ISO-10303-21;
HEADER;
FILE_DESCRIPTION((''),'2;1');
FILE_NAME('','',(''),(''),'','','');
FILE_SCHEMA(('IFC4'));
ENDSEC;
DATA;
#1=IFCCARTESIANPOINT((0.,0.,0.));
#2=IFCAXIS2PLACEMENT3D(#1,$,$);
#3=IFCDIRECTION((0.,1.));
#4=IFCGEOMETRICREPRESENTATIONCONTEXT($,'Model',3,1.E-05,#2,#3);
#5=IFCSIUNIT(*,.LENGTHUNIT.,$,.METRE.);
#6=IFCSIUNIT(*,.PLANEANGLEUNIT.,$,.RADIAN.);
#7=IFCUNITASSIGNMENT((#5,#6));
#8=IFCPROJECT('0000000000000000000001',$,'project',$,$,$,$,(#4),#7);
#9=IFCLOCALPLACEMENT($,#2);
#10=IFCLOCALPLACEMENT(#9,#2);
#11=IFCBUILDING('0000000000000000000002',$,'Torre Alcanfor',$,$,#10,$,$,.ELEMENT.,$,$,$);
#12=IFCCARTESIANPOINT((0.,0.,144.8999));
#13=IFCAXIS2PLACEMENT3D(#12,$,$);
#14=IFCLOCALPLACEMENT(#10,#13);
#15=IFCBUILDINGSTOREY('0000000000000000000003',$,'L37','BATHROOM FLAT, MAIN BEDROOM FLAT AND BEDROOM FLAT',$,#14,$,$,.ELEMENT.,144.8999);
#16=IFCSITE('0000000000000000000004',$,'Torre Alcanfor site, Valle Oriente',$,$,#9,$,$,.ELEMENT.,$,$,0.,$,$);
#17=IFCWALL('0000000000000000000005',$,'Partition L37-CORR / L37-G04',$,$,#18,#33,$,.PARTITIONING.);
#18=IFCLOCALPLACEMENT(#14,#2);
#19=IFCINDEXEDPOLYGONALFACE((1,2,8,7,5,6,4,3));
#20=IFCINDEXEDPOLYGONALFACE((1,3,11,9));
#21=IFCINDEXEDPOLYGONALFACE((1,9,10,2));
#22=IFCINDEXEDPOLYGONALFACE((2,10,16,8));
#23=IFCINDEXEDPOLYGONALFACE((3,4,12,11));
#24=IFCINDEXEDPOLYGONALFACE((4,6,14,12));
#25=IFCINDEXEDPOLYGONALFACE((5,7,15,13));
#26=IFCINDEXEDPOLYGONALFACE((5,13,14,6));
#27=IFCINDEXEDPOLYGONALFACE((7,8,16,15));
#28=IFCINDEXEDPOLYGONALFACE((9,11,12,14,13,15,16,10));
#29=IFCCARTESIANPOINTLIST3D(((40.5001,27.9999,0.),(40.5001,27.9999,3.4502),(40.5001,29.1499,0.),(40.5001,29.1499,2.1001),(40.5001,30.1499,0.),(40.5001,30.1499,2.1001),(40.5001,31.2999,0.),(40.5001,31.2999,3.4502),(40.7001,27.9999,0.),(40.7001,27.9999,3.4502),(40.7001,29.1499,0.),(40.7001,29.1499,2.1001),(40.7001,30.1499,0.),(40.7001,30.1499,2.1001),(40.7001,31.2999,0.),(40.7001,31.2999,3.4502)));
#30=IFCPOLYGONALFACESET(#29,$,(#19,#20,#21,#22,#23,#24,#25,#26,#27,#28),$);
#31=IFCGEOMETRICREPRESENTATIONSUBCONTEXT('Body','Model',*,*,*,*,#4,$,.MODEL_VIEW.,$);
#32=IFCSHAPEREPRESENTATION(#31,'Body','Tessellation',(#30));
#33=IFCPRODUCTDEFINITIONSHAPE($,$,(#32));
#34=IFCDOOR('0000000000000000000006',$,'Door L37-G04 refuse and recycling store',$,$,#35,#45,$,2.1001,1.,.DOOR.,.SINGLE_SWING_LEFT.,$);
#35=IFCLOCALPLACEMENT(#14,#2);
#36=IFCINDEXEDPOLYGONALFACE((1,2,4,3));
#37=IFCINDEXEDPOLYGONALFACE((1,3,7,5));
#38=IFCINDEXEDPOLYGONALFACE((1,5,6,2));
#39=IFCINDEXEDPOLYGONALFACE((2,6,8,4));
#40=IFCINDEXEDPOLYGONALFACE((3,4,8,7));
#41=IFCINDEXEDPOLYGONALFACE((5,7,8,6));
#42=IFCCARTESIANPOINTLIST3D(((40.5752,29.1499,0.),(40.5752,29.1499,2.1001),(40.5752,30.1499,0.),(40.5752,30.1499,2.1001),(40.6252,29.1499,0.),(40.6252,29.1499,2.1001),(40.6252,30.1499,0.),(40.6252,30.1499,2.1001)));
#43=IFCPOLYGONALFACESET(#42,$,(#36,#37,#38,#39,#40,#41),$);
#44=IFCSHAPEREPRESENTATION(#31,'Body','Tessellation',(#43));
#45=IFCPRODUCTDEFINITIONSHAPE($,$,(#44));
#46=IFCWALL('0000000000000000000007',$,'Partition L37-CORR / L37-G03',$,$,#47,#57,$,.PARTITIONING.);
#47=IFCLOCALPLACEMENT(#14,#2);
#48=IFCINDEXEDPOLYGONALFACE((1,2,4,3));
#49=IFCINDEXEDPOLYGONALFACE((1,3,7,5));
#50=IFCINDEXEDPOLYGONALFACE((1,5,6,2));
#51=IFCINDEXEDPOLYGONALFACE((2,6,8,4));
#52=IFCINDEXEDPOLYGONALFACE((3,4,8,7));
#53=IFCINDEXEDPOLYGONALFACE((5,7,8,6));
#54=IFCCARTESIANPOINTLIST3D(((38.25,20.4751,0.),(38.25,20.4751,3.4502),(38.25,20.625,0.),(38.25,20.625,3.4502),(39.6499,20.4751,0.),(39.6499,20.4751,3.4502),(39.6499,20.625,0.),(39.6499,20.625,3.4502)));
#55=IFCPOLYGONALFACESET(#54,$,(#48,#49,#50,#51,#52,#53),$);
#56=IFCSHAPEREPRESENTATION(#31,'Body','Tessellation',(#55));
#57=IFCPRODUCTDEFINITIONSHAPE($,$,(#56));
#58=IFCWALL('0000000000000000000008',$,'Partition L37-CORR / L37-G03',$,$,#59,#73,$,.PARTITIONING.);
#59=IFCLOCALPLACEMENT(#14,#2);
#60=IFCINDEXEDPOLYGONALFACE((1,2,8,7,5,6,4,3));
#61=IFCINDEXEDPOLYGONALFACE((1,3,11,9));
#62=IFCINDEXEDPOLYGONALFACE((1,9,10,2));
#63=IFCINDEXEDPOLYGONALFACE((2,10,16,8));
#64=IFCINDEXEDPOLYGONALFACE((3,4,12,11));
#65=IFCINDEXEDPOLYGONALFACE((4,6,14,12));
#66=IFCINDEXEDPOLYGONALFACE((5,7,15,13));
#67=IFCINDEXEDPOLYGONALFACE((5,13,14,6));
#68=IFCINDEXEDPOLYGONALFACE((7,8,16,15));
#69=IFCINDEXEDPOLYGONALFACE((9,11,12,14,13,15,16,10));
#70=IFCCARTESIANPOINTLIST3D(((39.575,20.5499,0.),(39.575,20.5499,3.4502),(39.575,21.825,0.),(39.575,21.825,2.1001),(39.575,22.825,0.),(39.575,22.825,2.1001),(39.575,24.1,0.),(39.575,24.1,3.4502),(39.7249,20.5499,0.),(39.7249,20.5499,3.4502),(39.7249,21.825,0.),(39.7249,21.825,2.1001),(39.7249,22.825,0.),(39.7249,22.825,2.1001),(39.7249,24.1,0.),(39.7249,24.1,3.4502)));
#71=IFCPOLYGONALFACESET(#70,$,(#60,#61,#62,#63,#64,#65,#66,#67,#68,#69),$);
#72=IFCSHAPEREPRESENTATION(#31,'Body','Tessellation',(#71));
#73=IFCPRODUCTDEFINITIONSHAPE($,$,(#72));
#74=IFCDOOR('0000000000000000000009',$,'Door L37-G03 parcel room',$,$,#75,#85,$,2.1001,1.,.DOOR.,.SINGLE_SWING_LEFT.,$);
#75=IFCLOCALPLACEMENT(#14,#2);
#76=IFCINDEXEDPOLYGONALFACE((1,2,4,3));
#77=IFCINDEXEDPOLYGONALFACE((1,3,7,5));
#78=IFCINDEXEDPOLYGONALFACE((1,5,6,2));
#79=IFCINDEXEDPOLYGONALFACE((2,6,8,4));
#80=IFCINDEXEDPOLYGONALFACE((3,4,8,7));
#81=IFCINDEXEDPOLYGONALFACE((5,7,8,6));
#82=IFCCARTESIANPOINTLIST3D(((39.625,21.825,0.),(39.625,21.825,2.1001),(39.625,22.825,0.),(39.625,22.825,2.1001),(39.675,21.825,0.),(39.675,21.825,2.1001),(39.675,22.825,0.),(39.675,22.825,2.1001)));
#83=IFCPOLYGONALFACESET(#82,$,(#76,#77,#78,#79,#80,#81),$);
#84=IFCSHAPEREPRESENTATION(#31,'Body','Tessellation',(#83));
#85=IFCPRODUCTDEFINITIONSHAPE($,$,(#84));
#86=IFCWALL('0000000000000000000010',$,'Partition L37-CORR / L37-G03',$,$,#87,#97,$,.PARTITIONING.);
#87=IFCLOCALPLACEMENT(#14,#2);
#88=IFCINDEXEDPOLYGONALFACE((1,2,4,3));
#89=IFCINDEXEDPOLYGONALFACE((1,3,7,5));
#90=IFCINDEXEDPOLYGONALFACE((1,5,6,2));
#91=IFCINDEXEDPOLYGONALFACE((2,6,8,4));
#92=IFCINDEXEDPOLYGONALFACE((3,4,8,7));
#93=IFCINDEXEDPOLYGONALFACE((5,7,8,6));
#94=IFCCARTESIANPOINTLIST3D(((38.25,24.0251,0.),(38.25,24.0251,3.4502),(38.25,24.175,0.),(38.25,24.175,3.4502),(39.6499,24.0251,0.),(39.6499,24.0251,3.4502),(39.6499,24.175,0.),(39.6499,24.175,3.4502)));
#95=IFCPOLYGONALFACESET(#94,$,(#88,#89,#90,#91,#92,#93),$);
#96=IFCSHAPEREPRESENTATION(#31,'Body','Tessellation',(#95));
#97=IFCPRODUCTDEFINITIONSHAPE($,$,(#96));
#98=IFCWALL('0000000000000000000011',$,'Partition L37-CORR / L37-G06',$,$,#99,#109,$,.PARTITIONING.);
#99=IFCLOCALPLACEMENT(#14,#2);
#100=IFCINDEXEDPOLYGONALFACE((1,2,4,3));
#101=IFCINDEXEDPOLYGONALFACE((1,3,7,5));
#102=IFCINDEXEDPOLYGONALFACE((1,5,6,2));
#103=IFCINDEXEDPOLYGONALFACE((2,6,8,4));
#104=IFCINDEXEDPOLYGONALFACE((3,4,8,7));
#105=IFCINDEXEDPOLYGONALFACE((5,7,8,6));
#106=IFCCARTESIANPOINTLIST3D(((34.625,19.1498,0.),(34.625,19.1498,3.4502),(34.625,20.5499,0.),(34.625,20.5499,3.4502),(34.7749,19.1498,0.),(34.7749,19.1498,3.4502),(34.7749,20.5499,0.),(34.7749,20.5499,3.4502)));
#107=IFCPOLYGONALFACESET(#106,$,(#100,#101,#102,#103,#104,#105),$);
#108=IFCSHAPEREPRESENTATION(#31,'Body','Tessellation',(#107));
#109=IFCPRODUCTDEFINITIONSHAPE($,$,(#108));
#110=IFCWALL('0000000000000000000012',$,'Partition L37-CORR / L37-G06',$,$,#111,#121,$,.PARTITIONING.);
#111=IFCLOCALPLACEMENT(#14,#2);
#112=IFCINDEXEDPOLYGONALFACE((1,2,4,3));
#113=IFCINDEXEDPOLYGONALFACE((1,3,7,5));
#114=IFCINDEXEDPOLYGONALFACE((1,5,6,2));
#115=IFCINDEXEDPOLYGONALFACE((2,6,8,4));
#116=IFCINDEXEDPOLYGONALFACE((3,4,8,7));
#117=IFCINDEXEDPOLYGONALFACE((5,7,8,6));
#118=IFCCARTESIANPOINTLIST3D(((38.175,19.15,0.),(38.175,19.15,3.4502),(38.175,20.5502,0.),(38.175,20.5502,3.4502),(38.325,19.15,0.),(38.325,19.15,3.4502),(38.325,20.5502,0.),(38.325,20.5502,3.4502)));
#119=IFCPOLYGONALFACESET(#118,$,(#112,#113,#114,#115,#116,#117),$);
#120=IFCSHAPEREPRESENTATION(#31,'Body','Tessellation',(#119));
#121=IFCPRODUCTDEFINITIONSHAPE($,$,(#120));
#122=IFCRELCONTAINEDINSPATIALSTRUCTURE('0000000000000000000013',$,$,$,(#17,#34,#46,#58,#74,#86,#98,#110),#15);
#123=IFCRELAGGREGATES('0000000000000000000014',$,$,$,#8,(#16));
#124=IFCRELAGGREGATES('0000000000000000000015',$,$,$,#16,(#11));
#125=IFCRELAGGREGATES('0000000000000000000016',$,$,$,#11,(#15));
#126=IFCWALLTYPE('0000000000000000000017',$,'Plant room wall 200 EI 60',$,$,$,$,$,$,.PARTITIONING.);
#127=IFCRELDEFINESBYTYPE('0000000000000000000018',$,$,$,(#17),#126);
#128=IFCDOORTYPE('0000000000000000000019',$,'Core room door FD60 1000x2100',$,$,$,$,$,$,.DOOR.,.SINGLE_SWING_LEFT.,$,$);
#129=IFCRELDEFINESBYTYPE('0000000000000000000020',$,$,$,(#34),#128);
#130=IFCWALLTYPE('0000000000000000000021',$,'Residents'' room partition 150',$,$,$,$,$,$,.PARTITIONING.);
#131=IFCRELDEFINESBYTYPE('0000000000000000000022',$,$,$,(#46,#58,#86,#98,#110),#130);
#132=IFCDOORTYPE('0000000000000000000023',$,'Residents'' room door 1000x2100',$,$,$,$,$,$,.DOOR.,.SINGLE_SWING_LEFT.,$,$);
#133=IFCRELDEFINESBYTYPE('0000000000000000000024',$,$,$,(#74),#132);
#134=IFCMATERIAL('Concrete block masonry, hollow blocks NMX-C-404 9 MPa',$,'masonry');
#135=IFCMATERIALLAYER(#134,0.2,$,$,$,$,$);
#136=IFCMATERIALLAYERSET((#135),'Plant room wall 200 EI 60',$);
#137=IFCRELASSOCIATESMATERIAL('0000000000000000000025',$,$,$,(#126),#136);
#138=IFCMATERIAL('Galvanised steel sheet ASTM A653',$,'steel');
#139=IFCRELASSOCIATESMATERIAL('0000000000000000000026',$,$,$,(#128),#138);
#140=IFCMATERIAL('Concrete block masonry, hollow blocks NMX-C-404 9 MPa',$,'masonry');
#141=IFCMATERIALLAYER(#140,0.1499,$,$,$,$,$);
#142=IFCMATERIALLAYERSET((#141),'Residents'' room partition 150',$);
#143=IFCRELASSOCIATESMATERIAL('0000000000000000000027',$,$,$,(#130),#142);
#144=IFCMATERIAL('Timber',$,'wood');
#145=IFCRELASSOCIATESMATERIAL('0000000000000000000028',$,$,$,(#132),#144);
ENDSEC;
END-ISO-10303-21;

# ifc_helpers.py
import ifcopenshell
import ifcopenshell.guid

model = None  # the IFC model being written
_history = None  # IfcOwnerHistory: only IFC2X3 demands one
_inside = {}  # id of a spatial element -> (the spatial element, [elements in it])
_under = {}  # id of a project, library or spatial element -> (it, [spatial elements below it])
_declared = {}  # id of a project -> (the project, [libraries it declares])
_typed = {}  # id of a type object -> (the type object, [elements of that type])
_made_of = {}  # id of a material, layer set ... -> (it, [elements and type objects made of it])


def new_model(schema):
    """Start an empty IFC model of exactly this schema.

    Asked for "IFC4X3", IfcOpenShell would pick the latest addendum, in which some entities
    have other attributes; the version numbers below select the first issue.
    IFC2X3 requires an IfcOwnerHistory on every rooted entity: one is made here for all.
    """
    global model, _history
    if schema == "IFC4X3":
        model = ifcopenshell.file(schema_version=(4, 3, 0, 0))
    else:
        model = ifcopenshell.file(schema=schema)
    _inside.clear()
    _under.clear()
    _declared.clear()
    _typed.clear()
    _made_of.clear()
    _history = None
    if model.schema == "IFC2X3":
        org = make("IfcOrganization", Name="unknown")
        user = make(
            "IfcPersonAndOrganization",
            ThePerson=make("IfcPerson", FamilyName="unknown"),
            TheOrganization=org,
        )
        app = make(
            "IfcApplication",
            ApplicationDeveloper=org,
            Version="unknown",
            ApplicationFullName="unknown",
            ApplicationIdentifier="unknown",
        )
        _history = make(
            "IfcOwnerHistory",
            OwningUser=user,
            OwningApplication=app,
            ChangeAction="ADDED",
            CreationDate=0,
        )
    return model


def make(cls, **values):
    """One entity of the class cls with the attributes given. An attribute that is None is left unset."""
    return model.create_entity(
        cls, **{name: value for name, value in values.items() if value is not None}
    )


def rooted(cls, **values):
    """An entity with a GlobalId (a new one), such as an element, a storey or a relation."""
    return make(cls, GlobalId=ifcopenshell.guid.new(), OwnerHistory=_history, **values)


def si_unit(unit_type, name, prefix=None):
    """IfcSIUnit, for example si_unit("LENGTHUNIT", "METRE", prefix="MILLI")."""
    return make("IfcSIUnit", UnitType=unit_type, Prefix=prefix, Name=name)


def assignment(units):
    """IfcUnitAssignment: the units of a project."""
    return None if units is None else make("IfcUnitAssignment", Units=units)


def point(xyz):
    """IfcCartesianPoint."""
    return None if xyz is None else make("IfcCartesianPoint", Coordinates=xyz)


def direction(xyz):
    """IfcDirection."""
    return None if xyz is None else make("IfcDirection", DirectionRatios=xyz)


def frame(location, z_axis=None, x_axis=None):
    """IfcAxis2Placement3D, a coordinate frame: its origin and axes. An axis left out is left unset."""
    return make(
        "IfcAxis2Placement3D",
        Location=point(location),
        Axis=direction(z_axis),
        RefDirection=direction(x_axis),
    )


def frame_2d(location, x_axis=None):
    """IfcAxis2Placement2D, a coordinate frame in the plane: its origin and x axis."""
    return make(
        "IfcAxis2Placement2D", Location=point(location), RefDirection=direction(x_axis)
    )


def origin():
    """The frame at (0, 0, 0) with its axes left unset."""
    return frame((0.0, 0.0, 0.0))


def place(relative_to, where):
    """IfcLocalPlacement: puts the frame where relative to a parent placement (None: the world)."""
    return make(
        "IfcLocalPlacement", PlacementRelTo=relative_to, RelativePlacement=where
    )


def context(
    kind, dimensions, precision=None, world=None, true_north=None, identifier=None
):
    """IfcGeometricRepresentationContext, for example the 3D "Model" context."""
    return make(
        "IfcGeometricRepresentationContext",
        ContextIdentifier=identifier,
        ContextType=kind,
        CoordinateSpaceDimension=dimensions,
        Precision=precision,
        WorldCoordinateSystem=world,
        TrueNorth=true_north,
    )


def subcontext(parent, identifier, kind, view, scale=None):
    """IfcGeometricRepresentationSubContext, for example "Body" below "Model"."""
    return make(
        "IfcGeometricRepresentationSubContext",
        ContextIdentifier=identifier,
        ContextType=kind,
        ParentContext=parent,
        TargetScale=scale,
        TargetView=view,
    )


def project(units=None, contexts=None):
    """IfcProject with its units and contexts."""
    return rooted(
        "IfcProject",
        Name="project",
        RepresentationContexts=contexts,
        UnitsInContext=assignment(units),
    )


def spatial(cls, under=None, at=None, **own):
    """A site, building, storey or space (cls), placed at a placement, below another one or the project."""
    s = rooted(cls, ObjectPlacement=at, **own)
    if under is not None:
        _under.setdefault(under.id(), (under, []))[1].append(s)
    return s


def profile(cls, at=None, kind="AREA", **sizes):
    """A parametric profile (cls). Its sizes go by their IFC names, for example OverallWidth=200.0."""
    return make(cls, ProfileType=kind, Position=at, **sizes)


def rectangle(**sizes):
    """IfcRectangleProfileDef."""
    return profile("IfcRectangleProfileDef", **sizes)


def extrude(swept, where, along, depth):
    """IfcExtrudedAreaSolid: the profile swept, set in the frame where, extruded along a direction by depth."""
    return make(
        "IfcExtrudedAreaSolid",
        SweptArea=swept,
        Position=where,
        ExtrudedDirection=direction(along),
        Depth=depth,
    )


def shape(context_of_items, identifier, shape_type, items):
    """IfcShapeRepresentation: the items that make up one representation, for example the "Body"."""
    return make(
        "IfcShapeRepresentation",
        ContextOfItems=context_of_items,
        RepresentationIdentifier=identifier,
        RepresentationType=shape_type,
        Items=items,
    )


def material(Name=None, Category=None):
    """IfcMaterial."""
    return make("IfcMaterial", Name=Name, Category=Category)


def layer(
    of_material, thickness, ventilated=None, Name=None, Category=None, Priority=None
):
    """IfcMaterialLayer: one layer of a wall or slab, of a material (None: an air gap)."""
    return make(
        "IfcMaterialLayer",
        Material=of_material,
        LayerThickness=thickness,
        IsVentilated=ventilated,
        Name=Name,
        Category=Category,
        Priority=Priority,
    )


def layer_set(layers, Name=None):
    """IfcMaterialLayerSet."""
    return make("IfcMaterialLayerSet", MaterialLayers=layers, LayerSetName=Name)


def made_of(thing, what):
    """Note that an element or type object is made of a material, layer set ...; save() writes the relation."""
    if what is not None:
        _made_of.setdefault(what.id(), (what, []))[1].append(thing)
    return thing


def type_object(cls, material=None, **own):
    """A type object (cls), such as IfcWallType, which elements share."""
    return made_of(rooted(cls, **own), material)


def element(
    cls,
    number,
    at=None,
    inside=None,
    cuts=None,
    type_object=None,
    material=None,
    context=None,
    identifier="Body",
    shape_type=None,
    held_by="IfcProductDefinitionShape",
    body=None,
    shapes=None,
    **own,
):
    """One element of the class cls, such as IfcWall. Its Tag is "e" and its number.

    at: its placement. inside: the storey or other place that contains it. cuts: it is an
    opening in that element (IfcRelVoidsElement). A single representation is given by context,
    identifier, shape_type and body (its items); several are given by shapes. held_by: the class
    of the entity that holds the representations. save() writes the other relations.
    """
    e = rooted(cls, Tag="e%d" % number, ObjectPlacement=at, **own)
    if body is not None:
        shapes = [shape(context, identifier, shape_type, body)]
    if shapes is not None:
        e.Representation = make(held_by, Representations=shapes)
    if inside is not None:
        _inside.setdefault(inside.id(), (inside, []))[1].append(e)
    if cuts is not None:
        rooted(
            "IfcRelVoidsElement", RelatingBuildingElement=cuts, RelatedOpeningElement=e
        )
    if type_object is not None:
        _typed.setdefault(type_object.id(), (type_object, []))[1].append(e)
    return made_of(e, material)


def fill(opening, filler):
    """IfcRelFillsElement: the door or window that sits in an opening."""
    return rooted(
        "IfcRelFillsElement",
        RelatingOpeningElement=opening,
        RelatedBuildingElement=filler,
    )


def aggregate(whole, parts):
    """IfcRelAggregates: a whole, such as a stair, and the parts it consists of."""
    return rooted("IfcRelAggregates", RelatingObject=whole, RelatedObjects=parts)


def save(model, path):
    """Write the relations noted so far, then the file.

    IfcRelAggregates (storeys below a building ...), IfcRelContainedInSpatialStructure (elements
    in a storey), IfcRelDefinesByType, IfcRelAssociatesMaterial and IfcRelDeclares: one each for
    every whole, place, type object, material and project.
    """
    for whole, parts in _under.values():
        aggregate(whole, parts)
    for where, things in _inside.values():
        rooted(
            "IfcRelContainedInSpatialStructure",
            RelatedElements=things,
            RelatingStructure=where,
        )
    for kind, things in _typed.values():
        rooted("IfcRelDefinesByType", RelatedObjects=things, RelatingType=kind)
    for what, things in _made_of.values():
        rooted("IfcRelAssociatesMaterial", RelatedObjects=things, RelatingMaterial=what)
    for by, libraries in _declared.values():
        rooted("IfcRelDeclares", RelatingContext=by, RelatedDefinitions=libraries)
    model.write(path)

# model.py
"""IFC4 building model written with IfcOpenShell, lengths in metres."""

from ifc_helpers import new_model, si_unit, direction, frame, frame_2d, origin, place, context, subcontext, project, spatial, rectangle, extrude, material, layer, layer_set, type_object, element, fill, save


model = new_model("IFC4")

# Units and contexts
model_context = context("Model", 3, precision=1e-05, world=origin(), true_north=direction((0.0, 1.0)))
body_context = subcontext(model_context, "Body", "Model", "MODEL_VIEW")
ifc_project = project(units=[si_unit("LENGTHUNIT", "METRE"), si_unit("PLANEANGLEUNIT", "RADIAN")], contexts=[model_context])

# Site, building, storey
site_placement = place(None, origin())
site = spatial("IfcSite", under=ifc_project, at=site_placement, Name="Torre Alcanfor site, Valle Oriente", CompositionType="ELEMENT", RefElevation=0.0)
building_placement = place(site_placement, origin())
building = spatial("IfcBuilding", under=site, at=building_placement, Name="Torre Alcanfor", CompositionType="ELEMENT")
storey_placement = place(building_placement, frame((0.0, 0.0, 144.8999)))
storey = spatial("IfcBuildingStorey", under=building, at=storey_placement, Name="L37", Description="BATHROOM FLAT, MAIN BEDROOM FLAT AND BEDROOM FLAT", CompositionType="ELEMENT", Elevation=144.8999)

# Shared definitions
ifc_material_1 = material(Name="Concrete block masonry, hollow blocks NMX-C-404 9 MPa", Category="masonry")
ifc_layer_1 = layer(ifc_material_1, 0.2)
ifc_layer_set_1 = layer_set([ifc_layer_1], Name="Plant room wall 200 EI 60")
wall_type_1 = type_object("IfcWallType", Name="Plant room wall 200 EI 60", PredefinedType="PARTITIONING", material=ifc_layer_set_1)

# Wall, opening, door
wall_1_placement = place(storey_placement, frame((40.6001, 28.0, 0.0), z_axis=(0.0, 0.0, 1.0), x_axis=(0.0, 1.0, 0.0)))
wall_1 = element("IfcWall", 1, at=wall_1_placement, inside=storey, type_object=wall_type_1, Name="Partition L37-CORR / L37-G04", PredefinedType="PARTITIONING", context=body_context, shape_type="SweptSolid", body=[
    extrude(rectangle(XDim=3.3, YDim=0.2, at=frame_2d((1.6499, 0.0))), origin(), (0.0, 0.0, 1.0), 3.4502),
])
opening_1_placement = place(wall_1_placement, frame((1.1499, 0.0, 0.0)))
opening_1 = element("IfcOpeningElement", 2, at=opening_1_placement, cuts=wall_1, PredefinedType="OPENING", context=body_context, shape_type="SweptSolid", body=[
    extrude(rectangle(XDim=1.0, YDim=2.1001, at=frame_2d((0.5, 1.05))), frame((0.0, 0.1099, 0.0), z_axis=(0.0, -1.0, 0.0), x_axis=(1.0, 0.0, 0.0)), (0.0, 0.0, 1.0), 0.22),
])
ifc_material_2 = material(Name="Galvanised steel sheet ASTM A653", Category="steel")
door_type_1 = type_object("IfcDoorType", Name="Core room door FD60 1000x2100", OperationType="SINGLE_SWING_LEFT", PredefinedType="DOOR", material=ifc_material_2)
door_1_placement = place(opening_1_placement, origin())
door_1 = element("IfcDoor", 3, at=door_1_placement, inside=storey, type_object=door_type_1, Name="Door L37-G04 refuse and recycling store", OperationType="SINGLE_SWING_LEFT", OverallHeight=2.1001, OverallWidth=1.0, PredefinedType="DOOR", context=body_context, shape_type="SweptSolid", body=[
    extrude(rectangle(XDim=1.0, YDim=2.1001, at=frame_2d((0.5, 1.05))), frame((0.0, 0.0249, 0.0), z_axis=(0.0, -1.0, 0.0), x_axis=(1.0, 0.0, 0.0)), (0.0, 0.0, 1.0), 0.05),
])
fill(opening_1, door_1)

# Wall
ifc_material_3 = material(Name="Concrete block masonry, hollow blocks NMX-C-404 9 MPa", Category="masonry")
ifc_layer_2 = layer(ifc_material_3, 0.1499)
ifc_layer_set_2 = layer_set([ifc_layer_2], Name="Residents' room partition 150")
wall_type_2 = type_object("IfcWallType", Name="Residents' room partition 150", PredefinedType="PARTITIONING", material=ifc_layer_set_2)
wall_2_placement = place(storey_placement, frame((38.25, 20.55, 0.0), z_axis=(0.0, 0.0, 1.0), x_axis=(1.0, 0.0, 0.0)))
element("IfcWall", 4, at=wall_2_placement, inside=storey, type_object=wall_type_2, Name="Partition L37-CORR / L37-G03", PredefinedType="PARTITIONING", context=body_context, shape_type="SweptSolid", body=[
    extrude(rectangle(XDim=1.3999, YDim=0.1499, at=frame_2d((0.7, 0.0))), origin(), (0.0, 0.0, 1.0), 3.4502),
])

# Wall, opening, door
wall_3_placement = place(storey_placement, frame((39.6499, 20.55, 0.0), z_axis=(0.0, 0.0, 1.0), x_axis=(0.0, 1.0, 0.0)))
wall_3 = element("IfcWall", 5, at=wall_3_placement, inside=storey, type_object=wall_type_2, Name="Partition L37-CORR / L37-G03", PredefinedType="PARTITIONING", context=body_context, shape_type="SweptSolid", body=[
    extrude(rectangle(XDim=3.55, YDim=0.1499, at=frame_2d((1.7749, 0.0))), origin(), (0.0, 0.0, 1.0), 3.4502),
])
opening_2_placement = place(wall_3_placement, frame((1.2749, 0.0, 0.0)))
opening_2 = element("IfcOpeningElement", 6, at=opening_2_placement, cuts=wall_3, PredefinedType="OPENING", context=body_context, shape_type="SweptSolid", body=[
    extrude(rectangle(XDim=1.0, YDim=2.1001, at=frame_2d((0.5, 1.05))), frame((0.0, 0.085, 0.0), z_axis=(0.0, -1.0, 0.0), x_axis=(1.0, 0.0, 0.0)), (0.0, 0.0, 1.0), 0.1699),
])
ifc_material_4 = material(Name="Timber", Category="wood")
door_type_2 = type_object("IfcDoorType", Name="Residents' room door 1000x2100", OperationType="SINGLE_SWING_LEFT", PredefinedType="DOOR", material=ifc_material_4)
door_2_placement = place(opening_2_placement, origin())
door_2 = element("IfcDoor", 7, at=door_2_placement, inside=storey, type_object=door_type_2, Name="Door L37-G03 parcel room", OperationType="SINGLE_SWING_LEFT", OverallHeight=2.1001, OverallWidth=1.0, PredefinedType="DOOR", context=body_context, shape_type="SweptSolid", body=[
    extrude(rectangle(XDim=1.0, YDim=2.1001, at=frame_2d((0.5, 1.05))), frame((0.0, 0.0249, 0.0), z_axis=(0.0, -1.0, 0.0), x_axis=(1.0, 0.0, 0.0)), (0.0, 0.0, 1.0), 0.05),
])
fill(opening_2, door_2)

# Walls
wall_4_placement = place(storey_placement, frame((39.6499, 24.1001, 0.0), z_axis=(0.0, 0.0, 1.0), x_axis=(-1.0, 0.0, 0.0)))
element("IfcWall", 8, at=wall_4_placement, inside=storey, type_object=wall_type_2, Name="Partition L37-CORR / L37-G03", PredefinedType="PARTITIONING", context=body_context, shape_type="SweptSolid", body=[
    extrude(rectangle(XDim=1.3999, YDim=0.1499, at=frame_2d((0.7, 0.0))), origin(), (0.0, 0.0, 1.0), 3.4502),
])
for number, where, z_axis, x_axis, name in (
    (9, (34.7, 20.55, 0.0), (0.0, 0.0, 1.0), (0.0, -1.0, 0.0), "Partition L37-CORR / L37-G06"),
    (10, (38.25, 19.1499, 0.0), (0.0, 0.0, 1.0), (0.0, 1.0, 0.0), "Partition L37-CORR / L37-G06"),
):
    element("IfcWall", number, at=place(storey_placement, frame(where, z_axis=z_axis, x_axis=x_axis)), inside=storey, type_object=wall_type_2, Name=name, PredefinedType="PARTITIONING", context=body_context, shape_type="SweptSolid", body=[
        extrude(rectangle(XDim=1.4001, YDim=0.1499, at=frame_2d((0.7002, 0.0))), origin(), (0.0, 0.0, 1.0), 3.4502),
    ])

save(model, "model.ifc")
